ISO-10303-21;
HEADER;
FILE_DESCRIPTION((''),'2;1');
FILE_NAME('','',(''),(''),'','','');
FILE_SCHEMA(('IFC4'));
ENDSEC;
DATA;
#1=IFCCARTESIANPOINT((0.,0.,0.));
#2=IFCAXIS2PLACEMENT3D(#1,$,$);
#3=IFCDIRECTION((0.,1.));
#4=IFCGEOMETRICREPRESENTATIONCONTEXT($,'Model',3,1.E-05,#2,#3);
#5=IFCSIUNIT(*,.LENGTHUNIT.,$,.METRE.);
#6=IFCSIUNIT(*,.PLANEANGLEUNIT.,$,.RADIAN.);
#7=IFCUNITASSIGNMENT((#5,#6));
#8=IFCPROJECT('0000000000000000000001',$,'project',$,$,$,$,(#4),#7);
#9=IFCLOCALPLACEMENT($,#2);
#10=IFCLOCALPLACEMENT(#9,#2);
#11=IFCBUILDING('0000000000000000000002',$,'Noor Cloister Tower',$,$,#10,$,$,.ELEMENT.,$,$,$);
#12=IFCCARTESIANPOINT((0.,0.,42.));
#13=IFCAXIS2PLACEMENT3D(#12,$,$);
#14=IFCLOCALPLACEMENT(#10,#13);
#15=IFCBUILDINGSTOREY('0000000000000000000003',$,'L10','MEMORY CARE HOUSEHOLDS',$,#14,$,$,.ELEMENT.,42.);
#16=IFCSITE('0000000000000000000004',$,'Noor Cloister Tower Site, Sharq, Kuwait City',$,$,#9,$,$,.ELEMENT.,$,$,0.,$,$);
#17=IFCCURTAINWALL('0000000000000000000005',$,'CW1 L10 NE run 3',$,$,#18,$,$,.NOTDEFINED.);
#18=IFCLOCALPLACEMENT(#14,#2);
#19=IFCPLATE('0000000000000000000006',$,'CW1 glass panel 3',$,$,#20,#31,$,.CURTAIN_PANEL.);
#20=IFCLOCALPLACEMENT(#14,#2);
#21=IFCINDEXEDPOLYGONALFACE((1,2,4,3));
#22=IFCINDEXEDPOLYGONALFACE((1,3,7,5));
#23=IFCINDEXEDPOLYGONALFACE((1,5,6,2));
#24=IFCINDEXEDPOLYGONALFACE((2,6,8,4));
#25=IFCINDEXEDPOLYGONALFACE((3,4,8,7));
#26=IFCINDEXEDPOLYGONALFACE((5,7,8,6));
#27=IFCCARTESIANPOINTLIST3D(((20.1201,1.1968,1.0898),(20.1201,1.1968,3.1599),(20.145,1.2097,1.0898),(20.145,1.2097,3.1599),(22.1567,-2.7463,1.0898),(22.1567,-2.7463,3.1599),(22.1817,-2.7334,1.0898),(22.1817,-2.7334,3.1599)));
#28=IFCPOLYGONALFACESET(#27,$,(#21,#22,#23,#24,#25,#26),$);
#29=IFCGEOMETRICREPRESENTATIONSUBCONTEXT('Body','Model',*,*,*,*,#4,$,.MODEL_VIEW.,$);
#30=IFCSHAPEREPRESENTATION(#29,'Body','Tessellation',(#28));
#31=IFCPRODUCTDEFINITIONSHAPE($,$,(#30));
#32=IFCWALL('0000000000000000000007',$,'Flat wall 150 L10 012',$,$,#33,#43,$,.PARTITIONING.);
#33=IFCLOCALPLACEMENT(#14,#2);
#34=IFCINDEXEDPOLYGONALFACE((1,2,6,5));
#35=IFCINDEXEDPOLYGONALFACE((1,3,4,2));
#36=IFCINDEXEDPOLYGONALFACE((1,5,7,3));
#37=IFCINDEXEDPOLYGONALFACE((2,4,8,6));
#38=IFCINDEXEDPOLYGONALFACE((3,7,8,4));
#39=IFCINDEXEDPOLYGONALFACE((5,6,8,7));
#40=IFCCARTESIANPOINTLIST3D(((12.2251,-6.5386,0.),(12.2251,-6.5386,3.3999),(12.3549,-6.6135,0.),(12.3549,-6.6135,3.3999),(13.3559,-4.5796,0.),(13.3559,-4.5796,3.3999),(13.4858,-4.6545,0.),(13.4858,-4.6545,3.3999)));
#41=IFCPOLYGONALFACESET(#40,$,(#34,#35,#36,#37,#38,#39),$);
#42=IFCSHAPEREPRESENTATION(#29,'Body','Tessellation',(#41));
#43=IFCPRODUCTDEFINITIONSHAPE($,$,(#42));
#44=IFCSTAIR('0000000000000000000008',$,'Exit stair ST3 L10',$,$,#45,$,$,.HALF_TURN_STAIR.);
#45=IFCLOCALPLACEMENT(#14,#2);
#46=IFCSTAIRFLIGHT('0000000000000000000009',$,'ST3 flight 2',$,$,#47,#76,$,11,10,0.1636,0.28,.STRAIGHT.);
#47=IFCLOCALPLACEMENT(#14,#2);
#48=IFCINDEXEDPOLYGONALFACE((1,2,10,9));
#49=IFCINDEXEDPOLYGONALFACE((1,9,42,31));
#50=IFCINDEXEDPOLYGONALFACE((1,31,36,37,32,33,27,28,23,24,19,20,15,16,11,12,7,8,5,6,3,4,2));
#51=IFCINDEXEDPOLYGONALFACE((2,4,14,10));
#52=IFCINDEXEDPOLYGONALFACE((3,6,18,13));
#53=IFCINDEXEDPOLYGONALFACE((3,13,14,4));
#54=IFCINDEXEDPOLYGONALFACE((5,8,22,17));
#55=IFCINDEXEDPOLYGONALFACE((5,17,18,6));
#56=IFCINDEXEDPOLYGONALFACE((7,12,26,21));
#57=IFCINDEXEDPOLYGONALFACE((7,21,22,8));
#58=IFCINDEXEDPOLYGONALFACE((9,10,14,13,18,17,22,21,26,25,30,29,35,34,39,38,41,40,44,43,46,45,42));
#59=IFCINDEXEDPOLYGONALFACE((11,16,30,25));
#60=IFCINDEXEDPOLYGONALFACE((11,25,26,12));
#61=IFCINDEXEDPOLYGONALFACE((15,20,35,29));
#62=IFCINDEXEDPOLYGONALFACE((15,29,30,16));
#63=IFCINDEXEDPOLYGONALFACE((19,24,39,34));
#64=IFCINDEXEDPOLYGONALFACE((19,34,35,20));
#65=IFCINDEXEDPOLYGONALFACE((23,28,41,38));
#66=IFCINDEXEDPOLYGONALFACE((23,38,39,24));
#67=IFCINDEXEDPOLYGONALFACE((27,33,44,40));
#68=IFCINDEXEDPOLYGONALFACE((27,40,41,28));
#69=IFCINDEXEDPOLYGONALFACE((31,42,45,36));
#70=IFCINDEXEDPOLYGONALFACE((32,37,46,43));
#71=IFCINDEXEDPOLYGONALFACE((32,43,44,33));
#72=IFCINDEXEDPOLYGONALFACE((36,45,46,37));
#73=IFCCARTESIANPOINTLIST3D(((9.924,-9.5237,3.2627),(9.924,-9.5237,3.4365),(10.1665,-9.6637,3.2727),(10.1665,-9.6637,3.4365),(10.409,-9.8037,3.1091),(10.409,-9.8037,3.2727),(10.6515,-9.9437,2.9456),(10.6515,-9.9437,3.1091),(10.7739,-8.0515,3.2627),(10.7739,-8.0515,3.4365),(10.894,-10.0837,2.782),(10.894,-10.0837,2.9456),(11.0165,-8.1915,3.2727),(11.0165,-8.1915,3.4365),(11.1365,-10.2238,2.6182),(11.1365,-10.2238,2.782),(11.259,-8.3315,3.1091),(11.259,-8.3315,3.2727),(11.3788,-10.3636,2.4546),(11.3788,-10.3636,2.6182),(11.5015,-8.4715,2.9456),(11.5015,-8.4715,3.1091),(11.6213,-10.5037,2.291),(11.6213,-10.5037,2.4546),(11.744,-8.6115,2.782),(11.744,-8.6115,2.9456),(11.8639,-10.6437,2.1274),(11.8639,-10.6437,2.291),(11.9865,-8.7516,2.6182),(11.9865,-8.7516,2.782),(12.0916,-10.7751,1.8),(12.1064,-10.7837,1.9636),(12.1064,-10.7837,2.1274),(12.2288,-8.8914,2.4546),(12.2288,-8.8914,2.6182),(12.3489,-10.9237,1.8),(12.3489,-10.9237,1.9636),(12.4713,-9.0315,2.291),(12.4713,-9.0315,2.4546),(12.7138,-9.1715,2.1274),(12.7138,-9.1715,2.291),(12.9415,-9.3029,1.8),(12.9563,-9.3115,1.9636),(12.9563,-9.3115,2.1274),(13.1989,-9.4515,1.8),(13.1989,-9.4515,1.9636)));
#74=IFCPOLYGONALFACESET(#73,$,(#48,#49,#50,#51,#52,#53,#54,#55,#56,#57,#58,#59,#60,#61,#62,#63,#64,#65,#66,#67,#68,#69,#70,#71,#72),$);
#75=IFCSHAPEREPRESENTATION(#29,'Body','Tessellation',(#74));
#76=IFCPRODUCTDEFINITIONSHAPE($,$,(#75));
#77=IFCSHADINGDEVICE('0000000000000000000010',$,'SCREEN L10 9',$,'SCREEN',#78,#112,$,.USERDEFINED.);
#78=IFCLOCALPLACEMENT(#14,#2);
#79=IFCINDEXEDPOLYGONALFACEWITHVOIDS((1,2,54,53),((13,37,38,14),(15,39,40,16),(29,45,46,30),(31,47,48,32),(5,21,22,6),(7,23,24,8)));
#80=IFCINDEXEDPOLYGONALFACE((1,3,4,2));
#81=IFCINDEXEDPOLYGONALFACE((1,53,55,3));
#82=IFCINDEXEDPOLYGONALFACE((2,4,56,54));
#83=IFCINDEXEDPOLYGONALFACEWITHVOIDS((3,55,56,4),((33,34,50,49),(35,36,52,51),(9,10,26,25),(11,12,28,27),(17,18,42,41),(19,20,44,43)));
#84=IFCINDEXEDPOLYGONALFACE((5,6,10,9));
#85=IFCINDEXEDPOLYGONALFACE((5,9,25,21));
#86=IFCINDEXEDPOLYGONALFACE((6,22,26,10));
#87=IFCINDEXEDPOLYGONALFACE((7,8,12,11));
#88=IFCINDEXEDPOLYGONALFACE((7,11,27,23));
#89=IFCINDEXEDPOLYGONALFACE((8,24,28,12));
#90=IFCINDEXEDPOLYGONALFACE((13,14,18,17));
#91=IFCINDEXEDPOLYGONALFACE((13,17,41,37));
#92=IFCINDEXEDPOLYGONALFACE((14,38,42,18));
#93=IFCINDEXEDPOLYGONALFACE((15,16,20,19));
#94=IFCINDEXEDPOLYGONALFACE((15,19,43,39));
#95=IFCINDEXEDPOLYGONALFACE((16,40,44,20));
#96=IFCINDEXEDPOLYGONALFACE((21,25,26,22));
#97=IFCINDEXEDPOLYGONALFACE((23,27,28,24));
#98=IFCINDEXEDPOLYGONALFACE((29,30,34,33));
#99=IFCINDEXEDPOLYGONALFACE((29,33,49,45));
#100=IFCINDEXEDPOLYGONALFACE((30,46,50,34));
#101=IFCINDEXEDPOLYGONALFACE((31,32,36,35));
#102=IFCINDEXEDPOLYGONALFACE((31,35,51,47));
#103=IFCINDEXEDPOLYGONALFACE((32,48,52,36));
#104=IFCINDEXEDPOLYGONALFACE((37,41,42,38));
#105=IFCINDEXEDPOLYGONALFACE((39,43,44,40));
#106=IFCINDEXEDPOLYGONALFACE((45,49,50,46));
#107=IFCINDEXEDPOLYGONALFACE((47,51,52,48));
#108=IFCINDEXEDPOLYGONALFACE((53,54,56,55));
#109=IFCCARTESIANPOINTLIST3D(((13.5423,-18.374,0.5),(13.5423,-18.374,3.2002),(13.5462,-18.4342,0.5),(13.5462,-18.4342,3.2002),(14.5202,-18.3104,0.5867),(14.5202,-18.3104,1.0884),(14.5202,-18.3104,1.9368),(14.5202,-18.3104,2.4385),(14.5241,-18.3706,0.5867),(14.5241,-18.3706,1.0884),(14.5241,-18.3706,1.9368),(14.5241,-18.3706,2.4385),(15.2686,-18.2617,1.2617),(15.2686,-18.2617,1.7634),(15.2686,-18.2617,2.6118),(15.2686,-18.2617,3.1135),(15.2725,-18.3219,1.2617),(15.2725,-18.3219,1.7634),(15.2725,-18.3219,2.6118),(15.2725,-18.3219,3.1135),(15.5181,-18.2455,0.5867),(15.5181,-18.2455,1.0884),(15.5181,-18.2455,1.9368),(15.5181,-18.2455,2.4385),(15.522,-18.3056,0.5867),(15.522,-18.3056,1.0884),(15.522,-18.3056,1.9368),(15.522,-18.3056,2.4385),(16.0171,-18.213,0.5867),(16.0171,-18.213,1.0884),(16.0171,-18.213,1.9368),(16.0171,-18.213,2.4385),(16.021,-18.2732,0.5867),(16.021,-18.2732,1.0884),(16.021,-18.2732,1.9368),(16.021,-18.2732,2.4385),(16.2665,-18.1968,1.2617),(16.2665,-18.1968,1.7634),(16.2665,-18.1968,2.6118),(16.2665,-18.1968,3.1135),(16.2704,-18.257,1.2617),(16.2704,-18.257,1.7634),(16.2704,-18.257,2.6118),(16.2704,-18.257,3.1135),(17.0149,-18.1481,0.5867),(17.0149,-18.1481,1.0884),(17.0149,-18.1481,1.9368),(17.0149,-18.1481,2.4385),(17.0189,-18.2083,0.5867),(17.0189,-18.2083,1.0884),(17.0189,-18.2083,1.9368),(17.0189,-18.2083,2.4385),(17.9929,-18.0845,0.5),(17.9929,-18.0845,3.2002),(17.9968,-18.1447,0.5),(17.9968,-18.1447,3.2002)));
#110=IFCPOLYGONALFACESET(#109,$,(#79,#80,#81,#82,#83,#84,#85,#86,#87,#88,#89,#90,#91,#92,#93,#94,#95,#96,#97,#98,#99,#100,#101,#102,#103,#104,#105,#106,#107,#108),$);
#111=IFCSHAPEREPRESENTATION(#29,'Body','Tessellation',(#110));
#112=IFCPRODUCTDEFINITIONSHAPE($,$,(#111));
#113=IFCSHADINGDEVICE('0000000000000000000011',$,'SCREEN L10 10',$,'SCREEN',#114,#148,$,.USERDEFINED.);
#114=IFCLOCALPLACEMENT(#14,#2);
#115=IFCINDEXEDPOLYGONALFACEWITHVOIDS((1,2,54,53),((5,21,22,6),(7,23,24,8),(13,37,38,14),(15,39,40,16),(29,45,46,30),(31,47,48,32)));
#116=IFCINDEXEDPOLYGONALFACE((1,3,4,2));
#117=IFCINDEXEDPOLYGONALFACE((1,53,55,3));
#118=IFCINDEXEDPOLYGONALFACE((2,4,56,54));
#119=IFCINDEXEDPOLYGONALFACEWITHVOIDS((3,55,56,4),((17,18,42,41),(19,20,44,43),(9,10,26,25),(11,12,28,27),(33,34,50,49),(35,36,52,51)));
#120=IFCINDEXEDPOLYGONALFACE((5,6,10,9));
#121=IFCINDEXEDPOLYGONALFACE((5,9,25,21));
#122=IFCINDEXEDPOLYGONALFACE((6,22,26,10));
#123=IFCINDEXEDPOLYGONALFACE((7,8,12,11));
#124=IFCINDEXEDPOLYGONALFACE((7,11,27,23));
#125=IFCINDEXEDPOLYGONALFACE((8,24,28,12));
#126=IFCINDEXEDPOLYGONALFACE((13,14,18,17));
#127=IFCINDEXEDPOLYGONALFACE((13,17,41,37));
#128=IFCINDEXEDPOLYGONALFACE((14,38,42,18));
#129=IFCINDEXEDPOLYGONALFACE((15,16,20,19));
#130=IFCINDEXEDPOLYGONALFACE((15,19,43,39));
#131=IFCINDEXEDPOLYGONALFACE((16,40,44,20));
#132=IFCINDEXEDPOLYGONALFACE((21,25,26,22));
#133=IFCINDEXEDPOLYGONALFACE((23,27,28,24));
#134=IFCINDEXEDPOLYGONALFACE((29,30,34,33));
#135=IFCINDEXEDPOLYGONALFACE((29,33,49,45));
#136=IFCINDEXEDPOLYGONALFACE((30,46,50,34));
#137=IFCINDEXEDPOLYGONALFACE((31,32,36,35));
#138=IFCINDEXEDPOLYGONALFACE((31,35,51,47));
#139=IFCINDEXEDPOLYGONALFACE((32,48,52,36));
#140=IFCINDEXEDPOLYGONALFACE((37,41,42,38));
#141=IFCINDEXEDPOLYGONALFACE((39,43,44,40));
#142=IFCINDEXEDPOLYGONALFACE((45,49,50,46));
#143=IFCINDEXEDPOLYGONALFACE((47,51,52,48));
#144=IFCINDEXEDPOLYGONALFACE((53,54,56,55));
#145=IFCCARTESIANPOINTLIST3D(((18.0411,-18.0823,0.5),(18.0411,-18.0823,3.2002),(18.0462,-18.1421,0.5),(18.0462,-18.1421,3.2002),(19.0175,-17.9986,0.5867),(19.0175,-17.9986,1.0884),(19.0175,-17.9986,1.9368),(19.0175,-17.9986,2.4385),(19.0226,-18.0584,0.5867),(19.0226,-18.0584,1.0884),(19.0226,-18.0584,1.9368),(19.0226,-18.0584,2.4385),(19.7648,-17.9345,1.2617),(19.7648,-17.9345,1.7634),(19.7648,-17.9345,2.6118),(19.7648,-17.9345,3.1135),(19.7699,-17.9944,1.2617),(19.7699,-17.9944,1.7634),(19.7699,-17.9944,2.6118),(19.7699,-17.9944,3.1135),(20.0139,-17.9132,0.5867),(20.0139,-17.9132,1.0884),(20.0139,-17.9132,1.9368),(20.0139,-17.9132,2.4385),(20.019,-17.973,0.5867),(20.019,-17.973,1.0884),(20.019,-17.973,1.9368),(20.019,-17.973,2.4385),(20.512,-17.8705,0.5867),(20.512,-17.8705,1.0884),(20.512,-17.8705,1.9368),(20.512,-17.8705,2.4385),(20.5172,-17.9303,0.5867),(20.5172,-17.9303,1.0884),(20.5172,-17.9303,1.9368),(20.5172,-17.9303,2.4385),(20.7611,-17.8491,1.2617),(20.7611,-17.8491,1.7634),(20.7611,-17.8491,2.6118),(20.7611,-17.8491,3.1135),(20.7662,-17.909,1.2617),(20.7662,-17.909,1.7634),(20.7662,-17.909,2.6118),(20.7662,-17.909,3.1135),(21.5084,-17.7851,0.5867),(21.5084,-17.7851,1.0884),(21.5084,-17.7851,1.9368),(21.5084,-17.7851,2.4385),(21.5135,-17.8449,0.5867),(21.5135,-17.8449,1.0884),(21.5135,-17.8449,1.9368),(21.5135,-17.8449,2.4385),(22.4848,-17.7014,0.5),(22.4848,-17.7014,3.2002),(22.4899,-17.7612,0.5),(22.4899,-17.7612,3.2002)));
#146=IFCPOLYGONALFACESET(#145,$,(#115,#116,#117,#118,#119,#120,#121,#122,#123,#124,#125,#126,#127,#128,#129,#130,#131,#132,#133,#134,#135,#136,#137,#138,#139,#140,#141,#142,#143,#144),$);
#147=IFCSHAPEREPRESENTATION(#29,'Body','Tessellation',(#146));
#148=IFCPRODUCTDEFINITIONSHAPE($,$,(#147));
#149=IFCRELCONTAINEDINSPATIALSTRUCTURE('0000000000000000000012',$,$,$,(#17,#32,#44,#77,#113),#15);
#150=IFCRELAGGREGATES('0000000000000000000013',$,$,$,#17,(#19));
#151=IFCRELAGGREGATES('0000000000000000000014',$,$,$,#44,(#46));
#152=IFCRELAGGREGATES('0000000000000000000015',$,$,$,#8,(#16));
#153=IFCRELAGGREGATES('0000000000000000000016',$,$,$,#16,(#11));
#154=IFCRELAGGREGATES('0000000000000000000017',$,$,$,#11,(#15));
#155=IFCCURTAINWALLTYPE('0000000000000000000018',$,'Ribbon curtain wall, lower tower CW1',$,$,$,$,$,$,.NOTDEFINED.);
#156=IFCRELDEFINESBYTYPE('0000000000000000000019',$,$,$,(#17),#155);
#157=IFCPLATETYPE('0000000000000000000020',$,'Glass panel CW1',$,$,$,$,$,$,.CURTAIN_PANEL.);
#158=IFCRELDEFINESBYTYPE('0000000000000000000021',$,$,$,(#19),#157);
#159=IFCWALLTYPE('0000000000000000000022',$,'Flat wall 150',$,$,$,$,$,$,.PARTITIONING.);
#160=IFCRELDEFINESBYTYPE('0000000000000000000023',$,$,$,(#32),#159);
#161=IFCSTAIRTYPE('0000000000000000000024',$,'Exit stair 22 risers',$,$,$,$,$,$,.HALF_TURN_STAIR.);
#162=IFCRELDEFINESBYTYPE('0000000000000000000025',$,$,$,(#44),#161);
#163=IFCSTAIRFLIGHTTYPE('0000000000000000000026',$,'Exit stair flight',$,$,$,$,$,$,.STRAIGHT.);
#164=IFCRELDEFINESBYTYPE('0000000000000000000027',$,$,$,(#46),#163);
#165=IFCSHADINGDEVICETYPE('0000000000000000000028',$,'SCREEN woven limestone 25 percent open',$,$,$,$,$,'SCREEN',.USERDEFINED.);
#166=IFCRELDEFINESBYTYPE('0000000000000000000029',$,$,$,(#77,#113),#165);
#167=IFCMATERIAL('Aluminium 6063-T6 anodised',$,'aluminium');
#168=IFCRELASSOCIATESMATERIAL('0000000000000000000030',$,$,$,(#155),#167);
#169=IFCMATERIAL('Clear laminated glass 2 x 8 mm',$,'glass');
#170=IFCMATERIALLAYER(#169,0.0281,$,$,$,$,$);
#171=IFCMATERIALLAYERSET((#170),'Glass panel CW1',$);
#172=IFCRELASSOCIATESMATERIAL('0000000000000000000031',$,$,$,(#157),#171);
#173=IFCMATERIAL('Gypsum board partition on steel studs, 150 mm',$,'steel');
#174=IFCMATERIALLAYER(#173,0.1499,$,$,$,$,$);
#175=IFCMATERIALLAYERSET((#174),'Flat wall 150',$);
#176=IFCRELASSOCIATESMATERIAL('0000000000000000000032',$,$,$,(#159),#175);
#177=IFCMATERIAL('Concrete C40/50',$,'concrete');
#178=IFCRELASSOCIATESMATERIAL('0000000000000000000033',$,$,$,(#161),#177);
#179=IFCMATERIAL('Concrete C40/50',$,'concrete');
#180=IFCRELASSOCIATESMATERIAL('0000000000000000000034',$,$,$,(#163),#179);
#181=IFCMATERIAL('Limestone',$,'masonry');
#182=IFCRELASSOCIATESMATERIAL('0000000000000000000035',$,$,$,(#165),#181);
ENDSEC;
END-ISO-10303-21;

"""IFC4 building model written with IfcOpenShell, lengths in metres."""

from ifc_helpers import new_model, si_unit, direction, frame, frame_2d, origin, origin_2d, place, context, subcontext, project, spatial, polyline, rectangle, outline, extrude, material, layer, layer_set, material_profile, profile_set, type_object, element, aggregate, save


model = new_model("IFC4")

# Units and contexts
model_context = context("Model", 3, precision=1e-05, world=origin(), true_north=direction((0.0, 1.0)))
body_context = subcontext(model_context, "Body", "Model", "MODEL_VIEW")
ifc_project = project(units=[si_unit("LENGTHUNIT", "METRE"), si_unit("PLANEANGLEUNIT", "RADIAN")], contexts=[model_context])

# Site, building, storey
site_placement = place(None, origin())
site = spatial("IfcSite", under=ifc_project, at=site_placement, Name="Noor Cloister Tower Site, Sharq, Kuwait City", CompositionType="ELEMENT", RefElevation=0.0)
building_placement = place(site_placement, origin())
building = spatial("IfcBuilding", under=site, at=building_placement, Name="Noor Cloister Tower", CompositionType="ELEMENT")
storey_placement = place(building_placement, frame((0.0, 0.0, 42.0)))
storey = spatial("IfcBuildingStorey", under=building, at=storey_placement, Name="L10", Description="MEMORY CARE HOUSEHOLDS", CompositionType="ELEMENT", Elevation=42.0)

# Curtain wall
ifc_material_1 = material(Name="Aluminium 6063-T6 anodised", Category="aluminium")
curtain_wall_type = type_object("IfcCurtainWallType", Name="Ribbon curtain wall, lower tower CW1", PredefinedType="NOTDEFINED", material=ifc_material_1)
curtain_wall_1_placement = place(storey_placement, origin())
curtain_wall_1 = element("IfcCurtainWall", 1, at=curtain_wall_1_placement, inside=storey, type_object=curtain_wall_type, Name="CW1 L10 NE run 3", PredefinedType="NOTDEFINED")

# Plate
ifc_material_2 = material(Name="Clear laminated glass 2 x 8 mm", Category="glass")
ifc_layer_1 = layer(ifc_material_2, 0.0281)
ifc_layer_set_1 = layer_set([ifc_layer_1], Name="Glass panel CW1")
plate_type = type_object("IfcPlateType", Name="Glass panel CW1", PredefinedType="CURTAIN_PANEL", material=ifc_layer_set_1)
plate_1_placement = place(storey_placement, frame((21.1509, -0.7683, 1.0898), z_axis=(0.0, 0.0, 1.0), x_axis=(-0.458921, 0.888477, 0.0)))
plate_1 = element("IfcPlate", 2, at=plate_1_placement, type_object=plate_type, Name="CW1 glass panel 3", PredefinedType="CURTAIN_PANEL", context=body_context, shape_type="SweptSolid", body=[
    extrude(rectangle(XDim=4.438, YDim=0.0281, at=origin_2d()), origin(), (0.0, 0.0, 1.0), 2.0701),
])
aggregate(curtain_wall_1, [plate_1])

# Wall
ifc_material_3 = material(Name="Gypsum board partition on steel studs, 150 mm", Category="steel")
ifc_layer_2 = layer(ifc_material_3, 0.1499)
ifc_layer_set_2 = layer_set([ifc_layer_2], Name="Flat wall 150")
wall_type = type_object("IfcWallType", Name="Flat wall 150", PredefinedType="PARTITIONING", material=ifc_layer_set_2)
wall_placement = place(storey_placement, frame((12.29, -6.5759, 0.0), z_axis=(0.0, 0.0, 1.0), x_axis=(0.499947, 0.866056, 0.0)))
element("IfcWall", 3, at=wall_placement, inside=storey, type_object=wall_type, Name="Flat wall 150 L10 012", PredefinedType="PARTITIONING", context=body_context, shape_type="SweptSolid", body=[
    extrude(rectangle(XDim=2.262, YDim=0.1499, at=frame_2d((1.1309, 0.0))), origin(), (0.0, 0.0, 1.0), 3.3999),
])

# Stair, stair flight
ifc_material_4 = material(Name="Concrete C40/50", Category="concrete")
stair_type = type_object("IfcStairType", Name="Exit stair 22 risers", PredefinedType="HALF_TURN_STAIR", material=ifc_material_4)
stair_placement = place(storey_placement, origin())
stair = element("IfcStair", 4, at=stair_placement, inside=storey, type_object=stair_type, Name="Exit stair ST3 L10", PredefinedType="HALF_TURN_STAIR")
ifc_material_5 = material(Name="Concrete C40/50", Category="concrete")
stair_flight_type = type_object("IfcStairFlightType", Name="Exit stair flight", PredefinedType="STRAIGHT", material=ifc_material_5)
stair_flight_placement = place(storey_placement, frame((12.7739, -10.1875, 1.8), z_axis=(0.0, 0.0, 1.0), x_axis=(-0.866025, 0.5, 0.0)))
stair_flight = element("IfcStairFlight", 5, at=stair_flight_placement, type_object=stair_flight_type, Name="ST3 flight 2", NumberOfRisers=11, NumberOfTreads=10, PredefinedType="STRAIGHT", RiserHeight=0.1636, TreadLength=0.28, context=body_context, shape_type="SweptSolid", body=[
    extrude(outline(polyline([(0.0, 0.0), (0.0, 0.1636), (0.28, 0.1636), (0.28, 0.3274), (0.5601, 0.3274), (0.5601, 0.491), (0.8401, 0.491), (0.8401, 0.6545), (1.1201, 0.6545), (1.1201, 0.8181), (1.3999, 0.8181), (1.3999, 0.9819), (1.6799, 0.9819), (1.6799, 1.1455), (1.96, 1.1455), (1.96, 1.3091), (2.24, 1.3091), (2.24, 1.4727), (2.52, 1.4727), (2.52, 1.6365), (2.8, 1.6365), (2.8, 1.8), (2.8, 1.4626), (0.2971, 0.0), (0.0, 0.0)])), frame((0.0, 0.8501, 0.0), z_axis=(0.0, -1.0, 0.0), x_axis=(1.0, 0.0, 0.0)), (0.0, 0.0, 1.0), 1.7),
])
aggregate(stair, [stair_flight])

# Shading devices
ifc_material_6 = material(Name="Limestone", Category="masonry")
ifc_material_profile_1 = material_profile(ifc_material_6, outline(polyline([(-2.23, -1.3501), (2.23, -1.3501), (2.23, 1.3501), (-2.23, 1.3501), (-2.23, -1.3501)]), holes=[polyline([(-1.25, -1.2634), (-0.25, -1.2634), (-0.25, -0.7617), (-1.25, -0.7617), (-1.25, -1.2634)]), polyline([(0.25, -1.2634), (1.25, -1.2634), (1.25, -0.7617), (0.25, -0.7617), (0.25, -1.2634)]), polyline([(-0.5, -0.5884), (0.5, -0.5884), (0.5, -0.0867), (-0.5, -0.0867), (-0.5, -0.5884)]), polyline([(-1.25, 0.0867), (-0.25, 0.0867), (-0.25, 0.5884), (-1.25, 0.5884), (-1.25, 0.0867)]), polyline([(0.25, 0.0867), (1.25, 0.0867), (1.25, 0.5884), (0.25, 0.5884), (0.25, 0.0867)]), polyline([(-0.5, 0.7617), (0.5, 0.7617), (0.5, 1.2634), (-0.5, 1.2634), (-0.5, 0.7617)])]), Name="Woven screen 25 percent open")
ifc_profile_set_1 = profile_set([ifc_material_profile_1], Name="Limestone")
shading_device_type = type_object("IfcShadingDeviceType", Name="SCREEN woven limestone 25 percent open", ElementType="SCREEN", PredefinedType="USERDEFINED", material=ifc_profile_set_1)
shading_device_1_placement = place(storey_placement, frame((15.7676, -18.2292, 1.8501), z_axis=(0.064904, -0.997892, 0.0), x_axis=(0.997892, 0.064904, 0.0)))
element("IfcShadingDevice", 6, at=shading_device_1_placement, inside=storey, type_object=shading_device_type, Name="SCREEN L10 9", ObjectType="SCREEN", PredefinedType="USERDEFINED", context=body_context, shape_type="SweptSolid", body=[
    extrude(outline(polyline([(-2.23, -1.3501), (2.23, -1.3501), (2.23, 1.3501), (-2.23, 1.3501), (-2.23, -1.3501)]), holes=[polyline([(-1.25, -1.2634), (-0.25, -1.2634), (-0.25, -0.7617), (-1.25, -0.7617), (-1.25, -1.2634)]), polyline([(0.25, -1.2634), (1.25, -1.2634), (1.25, -0.7617), (0.25, -0.7617), (0.25, -1.2634)]), polyline([(-0.5, -0.5884), (0.5, -0.5884), (0.5, -0.0867), (-0.5, -0.0867), (-0.5, -0.5884)]), polyline([(-1.25, 0.0867), (-0.25, 0.0867), (-0.25, 0.5884), (-1.25, 0.5884), (-1.25, 0.0867)]), polyline([(0.25, 0.0867), (1.25, 0.0867), (1.25, 0.5884), (0.25, 0.5884), (0.25, 0.0867)]), polyline([(-0.5, 0.7617), (0.5, 0.7617), (0.5, 1.2634), (-0.5, 1.2634), (-0.5, 0.7617)])]), origin(), (0.0, 0.0, 1.0), 0.0603),
])
shading_device_2_placement = place(storey_placement, frame((20.2629, -17.8918, 1.8501), z_axis=(0.085401, -0.996347, 0.0), x_axis=(0.996347, 0.085401, 0.0)))
element("IfcShadingDevice", 7, at=shading_device_2_placement, inside=storey, type_object=shading_device_type, Name="SCREEN L10 10", ObjectType="SCREEN", PredefinedType="USERDEFINED", context=body_context, shape_type="SweptSolid", body=[
    extrude(outline(polyline([(-2.23, -1.3501), (2.23, -1.3501), (2.23, 1.3501), (-2.23, 1.3501), (-2.23, -1.3501)]), holes=[polyline([(-1.25, -1.2634), (-0.25, -1.2634), (-0.25, -0.7617), (-1.25, -0.7617), (-1.25, -1.2634)]), polyline([(0.25, -1.2634), (1.25, -1.2634), (1.25, -0.7617), (0.25, -0.7617), (0.25, -1.2634)]), polyline([(-0.5, -0.5884), (0.5, -0.5884), (0.5, -0.0867), (-0.5, -0.0867), (-0.5, -0.5884)]), polyline([(-1.25, 0.0867), (-0.25, 0.0867), (-0.25, 0.5884), (-1.25, 0.5884), (-1.25, 0.0867)]), polyline([(0.25, 0.0867), (1.25, 0.0867), (1.25, 0.5884), (0.25, 0.5884), (0.25, 0.0867)]), polyline([(-0.5, 0.7617), (0.5, 0.7617), (0.5, 1.2634), (-0.5, 1.2634), (-0.5, 0.7617)])]), origin(), (0.0, 0.0, 1.0), 0.0601),
])

save(model, "model.ifc")
